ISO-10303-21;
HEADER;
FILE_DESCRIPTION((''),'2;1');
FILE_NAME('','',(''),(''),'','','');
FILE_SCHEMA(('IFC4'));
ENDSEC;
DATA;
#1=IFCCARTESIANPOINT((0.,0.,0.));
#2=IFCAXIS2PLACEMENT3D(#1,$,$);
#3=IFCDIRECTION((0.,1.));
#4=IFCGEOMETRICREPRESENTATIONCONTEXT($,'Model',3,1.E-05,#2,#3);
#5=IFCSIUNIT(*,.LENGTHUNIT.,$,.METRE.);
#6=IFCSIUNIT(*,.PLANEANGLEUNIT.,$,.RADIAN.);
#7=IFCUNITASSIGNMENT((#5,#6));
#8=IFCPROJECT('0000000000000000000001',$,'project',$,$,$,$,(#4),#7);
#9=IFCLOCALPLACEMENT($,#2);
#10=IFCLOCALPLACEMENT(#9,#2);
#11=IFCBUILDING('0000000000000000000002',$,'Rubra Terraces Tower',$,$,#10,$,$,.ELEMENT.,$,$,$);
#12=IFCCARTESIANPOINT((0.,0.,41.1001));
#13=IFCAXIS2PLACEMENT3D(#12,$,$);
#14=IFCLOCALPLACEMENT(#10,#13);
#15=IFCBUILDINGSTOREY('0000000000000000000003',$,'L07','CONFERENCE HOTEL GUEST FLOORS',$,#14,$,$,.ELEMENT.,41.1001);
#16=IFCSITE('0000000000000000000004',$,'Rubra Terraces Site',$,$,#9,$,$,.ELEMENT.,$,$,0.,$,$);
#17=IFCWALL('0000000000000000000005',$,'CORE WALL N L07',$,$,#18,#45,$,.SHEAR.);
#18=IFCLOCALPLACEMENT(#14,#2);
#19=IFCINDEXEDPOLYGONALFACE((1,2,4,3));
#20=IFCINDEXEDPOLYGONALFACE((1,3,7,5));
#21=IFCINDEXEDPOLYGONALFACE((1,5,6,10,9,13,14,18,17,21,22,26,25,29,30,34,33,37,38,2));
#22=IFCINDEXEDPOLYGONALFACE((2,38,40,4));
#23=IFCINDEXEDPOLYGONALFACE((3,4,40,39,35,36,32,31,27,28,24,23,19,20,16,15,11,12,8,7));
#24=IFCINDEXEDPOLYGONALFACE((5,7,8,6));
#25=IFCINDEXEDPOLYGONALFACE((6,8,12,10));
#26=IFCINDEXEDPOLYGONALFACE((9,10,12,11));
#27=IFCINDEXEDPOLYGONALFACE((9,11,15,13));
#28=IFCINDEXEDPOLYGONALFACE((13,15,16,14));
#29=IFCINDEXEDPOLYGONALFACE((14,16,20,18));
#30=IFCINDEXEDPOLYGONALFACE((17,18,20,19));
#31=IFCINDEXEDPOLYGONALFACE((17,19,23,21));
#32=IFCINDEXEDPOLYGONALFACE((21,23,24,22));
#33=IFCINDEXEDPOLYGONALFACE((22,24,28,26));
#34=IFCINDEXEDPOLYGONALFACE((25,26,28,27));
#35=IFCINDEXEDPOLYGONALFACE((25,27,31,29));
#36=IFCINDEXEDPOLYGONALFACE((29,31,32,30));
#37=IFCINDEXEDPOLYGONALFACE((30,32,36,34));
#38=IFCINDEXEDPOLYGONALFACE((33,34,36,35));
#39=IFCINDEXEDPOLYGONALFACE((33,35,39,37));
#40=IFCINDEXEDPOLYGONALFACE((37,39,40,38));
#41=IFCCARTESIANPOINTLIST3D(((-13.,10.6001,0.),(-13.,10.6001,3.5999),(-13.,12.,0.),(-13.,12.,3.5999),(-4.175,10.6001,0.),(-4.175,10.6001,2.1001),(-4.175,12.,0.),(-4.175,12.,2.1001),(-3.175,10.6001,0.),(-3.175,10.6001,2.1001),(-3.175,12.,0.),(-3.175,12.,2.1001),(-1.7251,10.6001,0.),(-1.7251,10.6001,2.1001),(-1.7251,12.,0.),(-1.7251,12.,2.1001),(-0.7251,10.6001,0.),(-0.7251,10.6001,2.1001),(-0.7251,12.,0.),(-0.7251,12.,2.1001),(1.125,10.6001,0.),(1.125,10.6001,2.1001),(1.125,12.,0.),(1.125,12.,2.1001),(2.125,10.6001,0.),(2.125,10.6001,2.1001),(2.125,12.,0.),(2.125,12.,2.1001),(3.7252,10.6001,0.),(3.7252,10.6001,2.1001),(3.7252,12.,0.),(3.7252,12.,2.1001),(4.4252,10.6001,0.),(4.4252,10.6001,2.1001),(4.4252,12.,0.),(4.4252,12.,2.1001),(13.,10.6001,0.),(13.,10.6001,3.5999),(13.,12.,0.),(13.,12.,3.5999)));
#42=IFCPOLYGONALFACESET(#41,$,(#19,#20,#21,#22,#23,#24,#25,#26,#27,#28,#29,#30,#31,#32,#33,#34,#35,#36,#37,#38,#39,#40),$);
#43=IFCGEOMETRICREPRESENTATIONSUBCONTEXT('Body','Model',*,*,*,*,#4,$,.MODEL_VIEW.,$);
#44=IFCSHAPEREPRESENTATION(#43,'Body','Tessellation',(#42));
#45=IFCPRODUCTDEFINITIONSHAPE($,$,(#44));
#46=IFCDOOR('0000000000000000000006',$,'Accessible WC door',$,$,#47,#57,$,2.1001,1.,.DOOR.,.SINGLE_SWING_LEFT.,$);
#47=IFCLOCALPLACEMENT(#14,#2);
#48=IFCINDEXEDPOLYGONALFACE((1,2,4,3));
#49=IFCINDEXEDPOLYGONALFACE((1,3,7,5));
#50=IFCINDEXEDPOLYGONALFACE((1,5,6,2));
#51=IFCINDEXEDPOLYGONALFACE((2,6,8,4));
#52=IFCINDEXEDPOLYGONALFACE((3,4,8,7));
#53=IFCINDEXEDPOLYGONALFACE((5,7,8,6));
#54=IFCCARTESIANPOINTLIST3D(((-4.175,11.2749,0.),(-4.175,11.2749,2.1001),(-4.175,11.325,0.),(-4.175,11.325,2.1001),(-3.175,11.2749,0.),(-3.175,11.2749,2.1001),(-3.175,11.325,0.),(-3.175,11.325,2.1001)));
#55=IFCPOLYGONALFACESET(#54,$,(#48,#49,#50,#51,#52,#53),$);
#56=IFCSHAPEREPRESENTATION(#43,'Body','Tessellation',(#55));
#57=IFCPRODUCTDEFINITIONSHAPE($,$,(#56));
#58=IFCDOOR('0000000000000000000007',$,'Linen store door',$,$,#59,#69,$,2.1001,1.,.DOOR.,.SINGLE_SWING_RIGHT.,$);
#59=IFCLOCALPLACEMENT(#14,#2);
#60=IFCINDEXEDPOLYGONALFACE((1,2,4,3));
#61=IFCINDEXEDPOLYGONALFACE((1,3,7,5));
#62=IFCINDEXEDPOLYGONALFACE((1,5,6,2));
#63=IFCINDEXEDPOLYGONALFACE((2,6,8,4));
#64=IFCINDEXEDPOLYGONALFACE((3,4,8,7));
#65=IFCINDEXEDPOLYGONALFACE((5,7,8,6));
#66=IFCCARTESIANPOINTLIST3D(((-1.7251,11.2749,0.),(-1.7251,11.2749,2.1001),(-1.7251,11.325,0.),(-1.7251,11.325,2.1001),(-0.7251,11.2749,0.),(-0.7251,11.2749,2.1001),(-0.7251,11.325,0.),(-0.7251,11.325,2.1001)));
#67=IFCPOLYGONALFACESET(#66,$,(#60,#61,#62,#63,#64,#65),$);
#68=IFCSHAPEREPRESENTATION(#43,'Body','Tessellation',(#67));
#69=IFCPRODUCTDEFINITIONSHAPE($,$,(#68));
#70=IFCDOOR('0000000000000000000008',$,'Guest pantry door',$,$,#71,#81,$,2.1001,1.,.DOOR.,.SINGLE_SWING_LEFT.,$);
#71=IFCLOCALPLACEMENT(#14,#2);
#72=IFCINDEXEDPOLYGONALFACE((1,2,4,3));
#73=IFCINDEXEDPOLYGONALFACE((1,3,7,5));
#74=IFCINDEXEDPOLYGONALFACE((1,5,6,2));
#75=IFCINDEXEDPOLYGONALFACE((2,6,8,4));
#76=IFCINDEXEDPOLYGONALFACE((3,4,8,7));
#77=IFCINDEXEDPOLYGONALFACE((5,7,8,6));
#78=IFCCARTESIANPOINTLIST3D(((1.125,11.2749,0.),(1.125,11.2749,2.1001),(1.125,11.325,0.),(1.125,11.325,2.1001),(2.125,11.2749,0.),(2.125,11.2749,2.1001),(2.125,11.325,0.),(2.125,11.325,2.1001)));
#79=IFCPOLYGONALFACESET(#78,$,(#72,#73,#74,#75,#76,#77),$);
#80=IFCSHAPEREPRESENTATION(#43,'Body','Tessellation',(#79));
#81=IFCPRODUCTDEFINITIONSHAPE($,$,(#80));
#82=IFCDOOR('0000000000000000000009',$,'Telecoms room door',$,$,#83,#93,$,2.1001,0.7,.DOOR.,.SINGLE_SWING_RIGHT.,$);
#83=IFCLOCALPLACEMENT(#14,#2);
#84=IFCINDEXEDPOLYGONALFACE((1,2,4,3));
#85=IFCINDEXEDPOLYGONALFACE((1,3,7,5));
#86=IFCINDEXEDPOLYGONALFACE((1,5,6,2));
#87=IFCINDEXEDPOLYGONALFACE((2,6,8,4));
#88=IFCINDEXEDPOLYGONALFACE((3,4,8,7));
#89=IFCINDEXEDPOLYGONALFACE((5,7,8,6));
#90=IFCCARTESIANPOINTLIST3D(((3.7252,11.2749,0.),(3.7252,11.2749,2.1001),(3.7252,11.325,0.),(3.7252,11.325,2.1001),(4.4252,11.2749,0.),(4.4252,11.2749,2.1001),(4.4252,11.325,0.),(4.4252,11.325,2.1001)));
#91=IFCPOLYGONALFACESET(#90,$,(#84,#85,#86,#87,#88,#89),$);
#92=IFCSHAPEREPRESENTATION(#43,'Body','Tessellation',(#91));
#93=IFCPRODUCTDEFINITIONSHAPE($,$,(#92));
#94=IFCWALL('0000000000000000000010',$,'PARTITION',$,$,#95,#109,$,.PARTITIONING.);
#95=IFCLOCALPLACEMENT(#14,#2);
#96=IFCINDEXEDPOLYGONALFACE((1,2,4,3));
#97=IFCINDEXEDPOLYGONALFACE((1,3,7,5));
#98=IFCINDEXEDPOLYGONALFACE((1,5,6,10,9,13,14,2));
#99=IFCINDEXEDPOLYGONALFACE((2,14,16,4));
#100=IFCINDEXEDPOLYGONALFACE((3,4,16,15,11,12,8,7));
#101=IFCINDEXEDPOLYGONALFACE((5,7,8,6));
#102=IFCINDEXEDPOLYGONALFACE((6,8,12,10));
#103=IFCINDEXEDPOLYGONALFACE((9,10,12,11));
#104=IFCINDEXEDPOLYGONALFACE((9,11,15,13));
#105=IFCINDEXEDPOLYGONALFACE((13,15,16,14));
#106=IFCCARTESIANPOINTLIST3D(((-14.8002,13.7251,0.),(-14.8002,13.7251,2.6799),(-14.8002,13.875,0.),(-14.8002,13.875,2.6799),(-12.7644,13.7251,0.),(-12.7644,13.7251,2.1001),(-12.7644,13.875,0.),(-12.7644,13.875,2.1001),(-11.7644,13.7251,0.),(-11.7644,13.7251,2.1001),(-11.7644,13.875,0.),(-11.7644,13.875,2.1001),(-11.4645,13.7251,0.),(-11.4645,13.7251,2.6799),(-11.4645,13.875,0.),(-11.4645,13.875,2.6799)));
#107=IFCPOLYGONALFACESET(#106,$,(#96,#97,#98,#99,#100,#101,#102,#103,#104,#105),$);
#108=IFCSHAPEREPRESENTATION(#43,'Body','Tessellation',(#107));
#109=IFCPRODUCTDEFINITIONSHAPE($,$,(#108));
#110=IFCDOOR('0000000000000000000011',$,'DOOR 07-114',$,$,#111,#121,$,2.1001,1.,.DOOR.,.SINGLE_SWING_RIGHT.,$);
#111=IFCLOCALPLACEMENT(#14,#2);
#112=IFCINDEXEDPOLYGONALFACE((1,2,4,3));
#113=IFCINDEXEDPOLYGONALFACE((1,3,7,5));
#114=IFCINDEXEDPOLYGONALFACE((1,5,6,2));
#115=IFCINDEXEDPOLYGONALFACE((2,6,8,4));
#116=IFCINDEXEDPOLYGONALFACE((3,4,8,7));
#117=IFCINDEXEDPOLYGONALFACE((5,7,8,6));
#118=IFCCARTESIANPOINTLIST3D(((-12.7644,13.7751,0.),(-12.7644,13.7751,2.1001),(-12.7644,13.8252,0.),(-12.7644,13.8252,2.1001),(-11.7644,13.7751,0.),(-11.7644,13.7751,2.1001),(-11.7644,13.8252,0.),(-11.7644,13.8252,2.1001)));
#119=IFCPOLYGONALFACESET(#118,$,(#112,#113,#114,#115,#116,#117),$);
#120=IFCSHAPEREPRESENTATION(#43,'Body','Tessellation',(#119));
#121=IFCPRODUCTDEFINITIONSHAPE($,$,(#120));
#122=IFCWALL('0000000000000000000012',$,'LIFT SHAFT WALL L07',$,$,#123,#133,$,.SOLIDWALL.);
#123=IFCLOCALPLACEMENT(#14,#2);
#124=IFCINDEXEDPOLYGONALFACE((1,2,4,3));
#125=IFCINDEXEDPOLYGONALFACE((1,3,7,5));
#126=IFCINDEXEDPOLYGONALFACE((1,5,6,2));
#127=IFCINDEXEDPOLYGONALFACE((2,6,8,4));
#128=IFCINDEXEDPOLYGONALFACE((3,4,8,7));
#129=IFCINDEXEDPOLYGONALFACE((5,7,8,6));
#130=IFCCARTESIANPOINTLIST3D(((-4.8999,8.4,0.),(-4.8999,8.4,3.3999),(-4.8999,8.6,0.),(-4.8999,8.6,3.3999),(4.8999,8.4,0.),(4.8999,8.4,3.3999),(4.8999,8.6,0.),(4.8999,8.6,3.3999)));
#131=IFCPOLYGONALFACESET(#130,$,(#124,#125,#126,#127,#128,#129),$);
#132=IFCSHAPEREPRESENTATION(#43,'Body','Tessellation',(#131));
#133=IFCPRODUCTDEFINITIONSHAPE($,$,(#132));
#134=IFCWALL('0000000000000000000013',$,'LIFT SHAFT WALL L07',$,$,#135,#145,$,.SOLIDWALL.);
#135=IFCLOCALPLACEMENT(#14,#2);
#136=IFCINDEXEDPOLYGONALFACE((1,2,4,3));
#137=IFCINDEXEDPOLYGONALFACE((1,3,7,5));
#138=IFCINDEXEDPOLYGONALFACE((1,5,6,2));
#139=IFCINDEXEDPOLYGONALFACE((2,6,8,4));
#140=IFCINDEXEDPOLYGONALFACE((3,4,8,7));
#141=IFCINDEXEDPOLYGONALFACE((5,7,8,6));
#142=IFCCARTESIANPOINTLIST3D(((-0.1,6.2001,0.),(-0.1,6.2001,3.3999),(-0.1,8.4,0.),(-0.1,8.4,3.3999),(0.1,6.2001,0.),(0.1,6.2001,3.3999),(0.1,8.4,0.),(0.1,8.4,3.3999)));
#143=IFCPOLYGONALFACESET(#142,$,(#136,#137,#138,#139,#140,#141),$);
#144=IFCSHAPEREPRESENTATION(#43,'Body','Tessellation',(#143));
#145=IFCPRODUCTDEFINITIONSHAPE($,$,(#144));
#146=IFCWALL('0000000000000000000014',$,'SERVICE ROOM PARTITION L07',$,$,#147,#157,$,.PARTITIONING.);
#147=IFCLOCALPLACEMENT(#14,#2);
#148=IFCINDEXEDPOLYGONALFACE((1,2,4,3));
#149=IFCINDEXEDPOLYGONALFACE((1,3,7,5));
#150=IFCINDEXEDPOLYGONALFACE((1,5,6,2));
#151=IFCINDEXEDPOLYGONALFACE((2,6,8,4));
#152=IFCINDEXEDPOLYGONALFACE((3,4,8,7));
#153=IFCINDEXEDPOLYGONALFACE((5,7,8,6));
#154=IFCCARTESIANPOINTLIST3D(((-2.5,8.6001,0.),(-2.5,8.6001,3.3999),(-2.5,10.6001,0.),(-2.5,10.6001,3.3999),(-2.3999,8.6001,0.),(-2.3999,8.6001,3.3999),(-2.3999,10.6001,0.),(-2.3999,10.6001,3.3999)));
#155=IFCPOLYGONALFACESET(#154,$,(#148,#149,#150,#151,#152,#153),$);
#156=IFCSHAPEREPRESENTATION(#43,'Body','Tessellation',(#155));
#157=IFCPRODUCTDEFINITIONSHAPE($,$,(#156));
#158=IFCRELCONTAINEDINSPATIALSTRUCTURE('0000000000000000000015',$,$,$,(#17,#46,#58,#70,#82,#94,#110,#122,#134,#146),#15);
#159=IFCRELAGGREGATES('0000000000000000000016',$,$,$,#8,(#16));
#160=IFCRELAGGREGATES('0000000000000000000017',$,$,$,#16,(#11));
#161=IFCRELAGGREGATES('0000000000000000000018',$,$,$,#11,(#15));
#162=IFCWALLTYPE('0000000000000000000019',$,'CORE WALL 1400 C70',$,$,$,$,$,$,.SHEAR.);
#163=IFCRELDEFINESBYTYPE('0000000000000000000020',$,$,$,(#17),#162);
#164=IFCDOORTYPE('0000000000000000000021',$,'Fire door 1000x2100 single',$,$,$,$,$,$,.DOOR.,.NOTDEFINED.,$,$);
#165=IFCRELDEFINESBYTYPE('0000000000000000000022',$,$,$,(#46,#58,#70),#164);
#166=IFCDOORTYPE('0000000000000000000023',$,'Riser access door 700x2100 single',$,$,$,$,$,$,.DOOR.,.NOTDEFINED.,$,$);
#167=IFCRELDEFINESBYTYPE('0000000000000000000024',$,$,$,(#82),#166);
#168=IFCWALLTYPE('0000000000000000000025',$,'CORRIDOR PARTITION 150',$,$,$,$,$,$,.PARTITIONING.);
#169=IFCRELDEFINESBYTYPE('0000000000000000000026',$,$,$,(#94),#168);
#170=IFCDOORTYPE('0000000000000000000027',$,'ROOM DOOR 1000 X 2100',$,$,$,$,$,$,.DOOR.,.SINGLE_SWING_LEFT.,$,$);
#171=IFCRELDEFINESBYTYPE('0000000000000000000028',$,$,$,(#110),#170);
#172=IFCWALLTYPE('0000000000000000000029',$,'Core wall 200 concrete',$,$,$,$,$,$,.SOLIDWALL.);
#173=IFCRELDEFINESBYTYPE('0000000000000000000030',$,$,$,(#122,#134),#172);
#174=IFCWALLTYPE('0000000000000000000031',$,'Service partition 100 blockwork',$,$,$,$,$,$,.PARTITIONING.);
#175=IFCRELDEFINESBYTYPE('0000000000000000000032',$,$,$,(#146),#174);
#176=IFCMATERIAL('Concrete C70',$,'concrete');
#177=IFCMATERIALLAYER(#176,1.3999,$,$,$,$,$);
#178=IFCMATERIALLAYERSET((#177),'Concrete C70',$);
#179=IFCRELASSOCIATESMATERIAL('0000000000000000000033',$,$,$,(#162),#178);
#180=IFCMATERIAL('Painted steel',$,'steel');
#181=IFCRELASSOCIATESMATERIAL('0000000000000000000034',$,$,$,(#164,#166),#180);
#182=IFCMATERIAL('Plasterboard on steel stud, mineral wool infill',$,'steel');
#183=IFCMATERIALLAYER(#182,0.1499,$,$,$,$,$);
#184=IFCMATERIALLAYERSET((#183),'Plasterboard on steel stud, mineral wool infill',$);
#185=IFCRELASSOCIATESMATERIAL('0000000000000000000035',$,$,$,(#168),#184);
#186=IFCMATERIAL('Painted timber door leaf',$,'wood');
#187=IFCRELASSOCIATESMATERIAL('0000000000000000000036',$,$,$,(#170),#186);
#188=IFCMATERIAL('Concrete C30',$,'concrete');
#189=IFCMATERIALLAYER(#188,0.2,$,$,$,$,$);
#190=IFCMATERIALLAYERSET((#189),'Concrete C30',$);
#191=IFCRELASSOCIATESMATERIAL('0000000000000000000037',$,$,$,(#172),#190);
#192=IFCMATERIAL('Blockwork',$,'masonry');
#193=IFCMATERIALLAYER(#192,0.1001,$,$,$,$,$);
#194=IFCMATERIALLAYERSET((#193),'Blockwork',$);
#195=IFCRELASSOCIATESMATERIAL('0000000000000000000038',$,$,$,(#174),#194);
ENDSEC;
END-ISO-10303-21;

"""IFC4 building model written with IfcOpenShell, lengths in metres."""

from ifc_helpers import new_model, si_unit, direction, frame, frame_2d, origin, place, context, subcontext, project, spatial, rectangle, extrude, material, layer, layer_set, type_object, element, fill, save


model = new_model("IFC4")

# Units and contexts
model_context = context("Model", 3, precision=1e-05, world=origin(), true_north=direction((0.0, 1.0)))
body_context = subcontext(model_context, "Body", "Model", "MODEL_VIEW")
ifc_project = project(units=[si_unit("LENGTHUNIT", "METRE"), si_unit("PLANEANGLEUNIT", "RADIAN")], contexts=[model_context])

# Site, building, storey
site_placement = place(None, origin())
site = spatial("IfcSite", under=ifc_project, at=site_placement, Name="Rubra Terraces Site", CompositionType="ELEMENT", RefElevation=0.0)
building_placement = place(site_placement, origin())
building = spatial("IfcBuilding", under=site, at=building_placement, Name="Rubra Terraces Tower", CompositionType="ELEMENT")
storey_placement = place(building_placement, frame((0.0, 0.0, 41.1001)))
storey = spatial("IfcBuildingStorey", under=building, at=storey_placement, Name="L07", Description="CONFERENCE HOTEL GUEST FLOORS", CompositionType="ELEMENT", Elevation=41.1001)

# Wall, openings, doors
ifc_material_1 = material(Name="Concrete C70", Category="concrete")
ifc_layer_1 = layer(ifc_material_1, 1.3999)
ifc_layer_set_1 = layer_set([ifc_layer_1], Name="Concrete C70")
wall_type_1 = type_object("IfcWallType", Name="CORE WALL 1400 C70", PredefinedType="SHEAR", material=ifc_layer_set_1)
wall_1_placement = place(storey_placement, frame((-13.0, 11.3, 0.0), z_axis=(0.0, 0.0, 1.0), x_axis=(1.0, 0.0, 0.0)))
wall_1 = element("IfcWall", 1, at=wall_1_placement, inside=storey, type_object=wall_type_1, Name="CORE WALL N L07", PredefinedType="SHEAR", context=body_context, shape_type="SweptSolid", body=[
    extrude(rectangle(XDim=26.0, YDim=1.3999, at=frame_2d((13.0, 0.0))), origin(), (0.0, 0.0, 1.0), 3.5999),
])
opening_1_placement = place(wall_1_placement, frame((8.825, 0.0, 0.0)))
opening_1 = element("IfcOpeningElement", 2, at=opening_1_placement, cuts=wall_1, PredefinedType="OPENING", context=body_context, shape_type="SweptSolid", body=[
    extrude(rectangle(XDim=1.0, YDim=2.1001, at=frame_2d((0.5, 1.05))), frame((0.0, 0.71, 0.0), z_axis=(0.0, -1.0, 0.0), x_axis=(1.0, 0.0, 0.0)), (0.0, 0.0, 1.0), 1.4199),
])
opening_2_placement = place(wall_1_placement, frame((11.2749, 0.0, 0.0)))
opening_2 = element("IfcOpeningElement", 3, at=opening_2_placement, cuts=wall_1, PredefinedType="OPENING", context=body_context, shape_type="SweptSolid", body=[
    extrude(rectangle(XDim=1.0, YDim=2.1001, at=frame_2d((0.5, 1.05))), frame((0.0, 0.71, 0.0), z_axis=(0.0, -1.0, 0.0), x_axis=(1.0, 0.0, 0.0)), (0.0, 0.0, 1.0), 1.4199),
])
opening_3_placement = place(wall_1_placement, frame((14.125, 0.0, 0.0)))
opening_3 = element("IfcOpeningElement", 4, at=opening_3_placement, cuts=wall_1, PredefinedType="OPENING", context=body_context, shape_type="SweptSolid", body=[
    extrude(rectangle(XDim=1.0, YDim=2.1001, at=frame_2d((0.5, 1.05))), frame((0.0, 0.71, 0.0), z_axis=(0.0, -1.0, 0.0), x_axis=(1.0, 0.0, 0.0)), (0.0, 0.0, 1.0), 1.4199),
])
opening_4_placement = place(wall_1_placement, frame((16.7251, 0.0, 0.0)))
opening_4 = element("IfcOpeningElement", 5, at=opening_4_placement, cuts=wall_1, PredefinedType="OPENING", context=body_context, shape_type="SweptSolid", body=[
    extrude(rectangle(XDim=0.7, YDim=2.1001, at=frame_2d((0.3501, 1.05))), frame((0.0, 0.71, 0.0), z_axis=(0.0, -1.0, 0.0), x_axis=(1.0, 0.0, 0.0)), (0.0, 0.0, 1.0), 1.4199),
])
ifc_material_2 = material(Name="Painted steel", Category="steel")
door_type_1 = type_object("IfcDoorType", Name="Fire door 1000x2100 single", OperationType="NOTDEFINED", PredefinedType="DOOR", material=ifc_material_2)
door_1_placement = place(opening_1_placement, origin())
door_1 = element("IfcDoor", 6, at=door_1_placement, inside=storey, type_object=door_type_1, Name="Accessible WC door", OperationType="SINGLE_SWING_LEFT", OverallHeight=2.1001, OverallWidth=1.0, PredefinedType="DOOR", context=body_context, shape_type="SweptSolid", body=[
    extrude(rectangle(XDim=1.0, YDim=2.1001, at=frame_2d((0.5, 1.05))), frame((0.0, 0.0249, 0.0), z_axis=(0.0, -1.0, 0.0), x_axis=(1.0, 0.0, 0.0)), (0.0, 0.0, 1.0), 0.05),
])
fill(opening_1, door_1)
door_2_placement = place(opening_2_placement, origin())
door_2 = element("IfcDoor", 7, at=door_2_placement, inside=storey, type_object=door_type_1, Name="Linen store door", OperationType="SINGLE_SWING_RIGHT", OverallHeight=2.1001, OverallWidth=1.0, PredefinedType="DOOR", context=body_context, shape_type="SweptSolid", body=[
    extrude(rectangle(XDim=1.0, YDim=2.1001, at=frame_2d((0.5, 1.05))), frame((0.0, 0.0249, 0.0), z_axis=(0.0, -1.0, 0.0), x_axis=(1.0, 0.0, 0.0)), (0.0, 0.0, 1.0), 0.05),
])
fill(opening_2, door_2)
door_3_placement = place(opening_3_placement, origin())
door_3 = element("IfcDoor", 8, at=door_3_placement, inside=storey, type_object=door_type_1, Name="Guest pantry door", OperationType="SINGLE_SWING_LEFT", OverallHeight=2.1001, OverallWidth=1.0, PredefinedType="DOOR", context=body_context, shape_type="SweptSolid", body=[
    extrude(rectangle(XDim=1.0, YDim=2.1001, at=frame_2d((0.5, 1.05))), frame((0.0, 0.0249, 0.0), z_axis=(0.0, -1.0, 0.0), x_axis=(1.0, 0.0, 0.0)), (0.0, 0.0, 1.0), 0.05),
])
fill(opening_3, door_3)
door_type_2 = type_object("IfcDoorType", Name="Riser access door 700x2100 single", OperationType="NOTDEFINED", PredefinedType="DOOR", material=ifc_material_2)
door_4_placement = place(opening_4_placement, origin())
door_4 = element("IfcDoor", 9, at=door_4_placement, inside=storey, type_object=door_type_2, Name="Telecoms room door", OperationType="SINGLE_SWING_RIGHT", OverallHeight=2.1001, OverallWidth=0.7, PredefinedType="DOOR", context=body_context, shape_type="SweptSolid", body=[
    extrude(rectangle(XDim=0.7, YDim=2.1001, at=frame_2d((0.3501, 1.05))), frame((0.0, 0.0249, 0.0), z_axis=(0.0, -1.0, 0.0), x_axis=(1.0, 0.0, 0.0)), (0.0, 0.0, 1.0), 0.05),
])
fill(opening_4, door_4)

# Wall, opening, door
ifc_material_3 = material(Name="Plasterboard on steel stud, mineral wool infill", Category="steel")
ifc_layer_2 = layer(ifc_material_3, 0.1499)
ifc_layer_set_2 = layer_set([ifc_layer_2], Name="Plasterboard on steel stud, mineral wool infill")
wall_type_2 = type_object("IfcWallType", Name="CORRIDOR PARTITION 150", PredefinedType="PARTITIONING", material=ifc_layer_set_2)
wall_2_placement = place(storey_placement, frame((-11.4644, 13.8, 0.0), z_axis=(0.0, 0.0, 1.0), x_axis=(-1.0, 0.0, 0.0)))
wall_2 = element("IfcWall", 10, at=wall_2_placement, inside=storey, type_object=wall_type_2, Name="PARTITION", PredefinedType="PARTITIONING", context=body_context, shape_type="SweptSolid", body=[
    extrude(rectangle(XDim=3.3357, YDim=0.1499, at=frame_2d((1.668, 0.0))), origin(), (0.0, 0.0, 1.0), 2.6799),
])
opening_5_placement = place(wall_2_placement, frame((0.3, 0.0, 0.0)))
opening_5 = element("IfcOpeningElement", 11, at=opening_5_placement, cuts=wall_2, PredefinedType="OPENING", context=body_context, shape_type="SweptSolid", body=[
    extrude(rectangle(XDim=1.0, YDim=2.1001, at=frame_2d((0.5, 1.05))), frame((0.0, 0.085, 0.0), z_axis=(0.0, -1.0, 0.0), x_axis=(1.0, 0.0, 0.0)), (0.0, 0.0, 1.0), 0.1699),
])
ifc_material_4 = material(Name="Painted timber door leaf", Category="wood")
door_type_3 = type_object("IfcDoorType", Name="ROOM DOOR 1000 X 2100", OperationType="SINGLE_SWING_LEFT", PredefinedType="DOOR", material=ifc_material_4)
door_5_placement = place(opening_5_placement, origin())
door_5 = element("IfcDoor", 12, at=door_5_placement, inside=storey, type_object=door_type_3, Name="DOOR 07-114", OperationType="SINGLE_SWING_RIGHT", OverallHeight=2.1001, OverallWidth=1.0, PredefinedType="DOOR", context=body_context, shape_type="SweptSolid", body=[
    extrude(rectangle(XDim=1.0, YDim=2.1001, at=frame_2d((0.5, 1.05))), frame((0.0, 0.0249, 0.0), z_axis=(0.0, -1.0, 0.0), x_axis=(1.0, 0.0, 0.0)), (0.0, 0.0, 1.0), 0.05),
])
fill(opening_5, door_5)

# Walls
ifc_material_5 = material(Name="Concrete C30", Category="concrete")
ifc_layer_3 = layer(ifc_material_5, 0.2)
ifc_layer_set_3 = layer_set([ifc_layer_3], Name="Concrete C30")
wall_type_3 = type_object("IfcWallType", Name="Core wall 200 concrete", PredefinedType="SOLIDWALL", material=ifc_layer_set_3)
wall_3_placement = place(storey_placement, frame((-4.8999, 8.5, 0.0), z_axis=(0.0, 0.0, 1.0), x_axis=(1.0, 0.0, 0.0)))
element("IfcWall", 13, at=wall_3_placement, inside=storey, type_object=wall_type_3, Name="LIFT SHAFT WALL L07", PredefinedType="SOLIDWALL", context=body_context, shape_type="SweptSolid", body=[
    extrude(rectangle(XDim=9.7998, YDim=0.2, at=frame_2d((4.8999, 0.0))), origin(), (0.0, 0.0, 1.0), 3.3999),
])
wall_4_placement = place(storey_placement, frame((0.0, 6.2, 0.0), z_axis=(0.0, 0.0, 1.0), x_axis=(0.0, 1.0, 0.0)))
element("IfcWall", 14, at=wall_4_placement, inside=storey, type_object=wall_type_3, Name="LIFT SHAFT WALL L07", PredefinedType="SOLIDWALL", context=body_context, shape_type="SweptSolid", body=[
    extrude(rectangle(XDim=2.2, YDim=0.2, at=frame_2d((1.1001, 0.0))), origin(), (0.0, 0.0, 1.0), 3.3999),
])
ifc_material_6 = material(Name="Blockwork", Category="masonry")
ifc_layer_4 = layer(ifc_material_6, 0.1001)
ifc_layer_set_4 = layer_set([ifc_layer_4], Name="Blockwork")
wall_type_4 = type_object("IfcWallType", Name="Service partition 100 blockwork", PredefinedType="PARTITIONING", material=ifc_layer_set_4)
wall_5_placement = place(storey_placement, frame((-2.45, 8.6001, 0.0), z_axis=(0.0, 0.0, 1.0), x_axis=(0.0, 1.0, 0.0)))
element("IfcWall", 15, at=wall_5_placement, inside=storey, type_object=wall_type_4, Name="SERVICE ROOM PARTITION L07", PredefinedType="PARTITIONING", context=body_context, shape_type="SweptSolid", body=[
    extrude(rectangle(XDim=2.0, YDim=0.1001, at=frame_2d((1.0, 0.0))), origin(), (0.0, 0.0, 1.0), 3.3999),
])

save(model, "model.ifc")
